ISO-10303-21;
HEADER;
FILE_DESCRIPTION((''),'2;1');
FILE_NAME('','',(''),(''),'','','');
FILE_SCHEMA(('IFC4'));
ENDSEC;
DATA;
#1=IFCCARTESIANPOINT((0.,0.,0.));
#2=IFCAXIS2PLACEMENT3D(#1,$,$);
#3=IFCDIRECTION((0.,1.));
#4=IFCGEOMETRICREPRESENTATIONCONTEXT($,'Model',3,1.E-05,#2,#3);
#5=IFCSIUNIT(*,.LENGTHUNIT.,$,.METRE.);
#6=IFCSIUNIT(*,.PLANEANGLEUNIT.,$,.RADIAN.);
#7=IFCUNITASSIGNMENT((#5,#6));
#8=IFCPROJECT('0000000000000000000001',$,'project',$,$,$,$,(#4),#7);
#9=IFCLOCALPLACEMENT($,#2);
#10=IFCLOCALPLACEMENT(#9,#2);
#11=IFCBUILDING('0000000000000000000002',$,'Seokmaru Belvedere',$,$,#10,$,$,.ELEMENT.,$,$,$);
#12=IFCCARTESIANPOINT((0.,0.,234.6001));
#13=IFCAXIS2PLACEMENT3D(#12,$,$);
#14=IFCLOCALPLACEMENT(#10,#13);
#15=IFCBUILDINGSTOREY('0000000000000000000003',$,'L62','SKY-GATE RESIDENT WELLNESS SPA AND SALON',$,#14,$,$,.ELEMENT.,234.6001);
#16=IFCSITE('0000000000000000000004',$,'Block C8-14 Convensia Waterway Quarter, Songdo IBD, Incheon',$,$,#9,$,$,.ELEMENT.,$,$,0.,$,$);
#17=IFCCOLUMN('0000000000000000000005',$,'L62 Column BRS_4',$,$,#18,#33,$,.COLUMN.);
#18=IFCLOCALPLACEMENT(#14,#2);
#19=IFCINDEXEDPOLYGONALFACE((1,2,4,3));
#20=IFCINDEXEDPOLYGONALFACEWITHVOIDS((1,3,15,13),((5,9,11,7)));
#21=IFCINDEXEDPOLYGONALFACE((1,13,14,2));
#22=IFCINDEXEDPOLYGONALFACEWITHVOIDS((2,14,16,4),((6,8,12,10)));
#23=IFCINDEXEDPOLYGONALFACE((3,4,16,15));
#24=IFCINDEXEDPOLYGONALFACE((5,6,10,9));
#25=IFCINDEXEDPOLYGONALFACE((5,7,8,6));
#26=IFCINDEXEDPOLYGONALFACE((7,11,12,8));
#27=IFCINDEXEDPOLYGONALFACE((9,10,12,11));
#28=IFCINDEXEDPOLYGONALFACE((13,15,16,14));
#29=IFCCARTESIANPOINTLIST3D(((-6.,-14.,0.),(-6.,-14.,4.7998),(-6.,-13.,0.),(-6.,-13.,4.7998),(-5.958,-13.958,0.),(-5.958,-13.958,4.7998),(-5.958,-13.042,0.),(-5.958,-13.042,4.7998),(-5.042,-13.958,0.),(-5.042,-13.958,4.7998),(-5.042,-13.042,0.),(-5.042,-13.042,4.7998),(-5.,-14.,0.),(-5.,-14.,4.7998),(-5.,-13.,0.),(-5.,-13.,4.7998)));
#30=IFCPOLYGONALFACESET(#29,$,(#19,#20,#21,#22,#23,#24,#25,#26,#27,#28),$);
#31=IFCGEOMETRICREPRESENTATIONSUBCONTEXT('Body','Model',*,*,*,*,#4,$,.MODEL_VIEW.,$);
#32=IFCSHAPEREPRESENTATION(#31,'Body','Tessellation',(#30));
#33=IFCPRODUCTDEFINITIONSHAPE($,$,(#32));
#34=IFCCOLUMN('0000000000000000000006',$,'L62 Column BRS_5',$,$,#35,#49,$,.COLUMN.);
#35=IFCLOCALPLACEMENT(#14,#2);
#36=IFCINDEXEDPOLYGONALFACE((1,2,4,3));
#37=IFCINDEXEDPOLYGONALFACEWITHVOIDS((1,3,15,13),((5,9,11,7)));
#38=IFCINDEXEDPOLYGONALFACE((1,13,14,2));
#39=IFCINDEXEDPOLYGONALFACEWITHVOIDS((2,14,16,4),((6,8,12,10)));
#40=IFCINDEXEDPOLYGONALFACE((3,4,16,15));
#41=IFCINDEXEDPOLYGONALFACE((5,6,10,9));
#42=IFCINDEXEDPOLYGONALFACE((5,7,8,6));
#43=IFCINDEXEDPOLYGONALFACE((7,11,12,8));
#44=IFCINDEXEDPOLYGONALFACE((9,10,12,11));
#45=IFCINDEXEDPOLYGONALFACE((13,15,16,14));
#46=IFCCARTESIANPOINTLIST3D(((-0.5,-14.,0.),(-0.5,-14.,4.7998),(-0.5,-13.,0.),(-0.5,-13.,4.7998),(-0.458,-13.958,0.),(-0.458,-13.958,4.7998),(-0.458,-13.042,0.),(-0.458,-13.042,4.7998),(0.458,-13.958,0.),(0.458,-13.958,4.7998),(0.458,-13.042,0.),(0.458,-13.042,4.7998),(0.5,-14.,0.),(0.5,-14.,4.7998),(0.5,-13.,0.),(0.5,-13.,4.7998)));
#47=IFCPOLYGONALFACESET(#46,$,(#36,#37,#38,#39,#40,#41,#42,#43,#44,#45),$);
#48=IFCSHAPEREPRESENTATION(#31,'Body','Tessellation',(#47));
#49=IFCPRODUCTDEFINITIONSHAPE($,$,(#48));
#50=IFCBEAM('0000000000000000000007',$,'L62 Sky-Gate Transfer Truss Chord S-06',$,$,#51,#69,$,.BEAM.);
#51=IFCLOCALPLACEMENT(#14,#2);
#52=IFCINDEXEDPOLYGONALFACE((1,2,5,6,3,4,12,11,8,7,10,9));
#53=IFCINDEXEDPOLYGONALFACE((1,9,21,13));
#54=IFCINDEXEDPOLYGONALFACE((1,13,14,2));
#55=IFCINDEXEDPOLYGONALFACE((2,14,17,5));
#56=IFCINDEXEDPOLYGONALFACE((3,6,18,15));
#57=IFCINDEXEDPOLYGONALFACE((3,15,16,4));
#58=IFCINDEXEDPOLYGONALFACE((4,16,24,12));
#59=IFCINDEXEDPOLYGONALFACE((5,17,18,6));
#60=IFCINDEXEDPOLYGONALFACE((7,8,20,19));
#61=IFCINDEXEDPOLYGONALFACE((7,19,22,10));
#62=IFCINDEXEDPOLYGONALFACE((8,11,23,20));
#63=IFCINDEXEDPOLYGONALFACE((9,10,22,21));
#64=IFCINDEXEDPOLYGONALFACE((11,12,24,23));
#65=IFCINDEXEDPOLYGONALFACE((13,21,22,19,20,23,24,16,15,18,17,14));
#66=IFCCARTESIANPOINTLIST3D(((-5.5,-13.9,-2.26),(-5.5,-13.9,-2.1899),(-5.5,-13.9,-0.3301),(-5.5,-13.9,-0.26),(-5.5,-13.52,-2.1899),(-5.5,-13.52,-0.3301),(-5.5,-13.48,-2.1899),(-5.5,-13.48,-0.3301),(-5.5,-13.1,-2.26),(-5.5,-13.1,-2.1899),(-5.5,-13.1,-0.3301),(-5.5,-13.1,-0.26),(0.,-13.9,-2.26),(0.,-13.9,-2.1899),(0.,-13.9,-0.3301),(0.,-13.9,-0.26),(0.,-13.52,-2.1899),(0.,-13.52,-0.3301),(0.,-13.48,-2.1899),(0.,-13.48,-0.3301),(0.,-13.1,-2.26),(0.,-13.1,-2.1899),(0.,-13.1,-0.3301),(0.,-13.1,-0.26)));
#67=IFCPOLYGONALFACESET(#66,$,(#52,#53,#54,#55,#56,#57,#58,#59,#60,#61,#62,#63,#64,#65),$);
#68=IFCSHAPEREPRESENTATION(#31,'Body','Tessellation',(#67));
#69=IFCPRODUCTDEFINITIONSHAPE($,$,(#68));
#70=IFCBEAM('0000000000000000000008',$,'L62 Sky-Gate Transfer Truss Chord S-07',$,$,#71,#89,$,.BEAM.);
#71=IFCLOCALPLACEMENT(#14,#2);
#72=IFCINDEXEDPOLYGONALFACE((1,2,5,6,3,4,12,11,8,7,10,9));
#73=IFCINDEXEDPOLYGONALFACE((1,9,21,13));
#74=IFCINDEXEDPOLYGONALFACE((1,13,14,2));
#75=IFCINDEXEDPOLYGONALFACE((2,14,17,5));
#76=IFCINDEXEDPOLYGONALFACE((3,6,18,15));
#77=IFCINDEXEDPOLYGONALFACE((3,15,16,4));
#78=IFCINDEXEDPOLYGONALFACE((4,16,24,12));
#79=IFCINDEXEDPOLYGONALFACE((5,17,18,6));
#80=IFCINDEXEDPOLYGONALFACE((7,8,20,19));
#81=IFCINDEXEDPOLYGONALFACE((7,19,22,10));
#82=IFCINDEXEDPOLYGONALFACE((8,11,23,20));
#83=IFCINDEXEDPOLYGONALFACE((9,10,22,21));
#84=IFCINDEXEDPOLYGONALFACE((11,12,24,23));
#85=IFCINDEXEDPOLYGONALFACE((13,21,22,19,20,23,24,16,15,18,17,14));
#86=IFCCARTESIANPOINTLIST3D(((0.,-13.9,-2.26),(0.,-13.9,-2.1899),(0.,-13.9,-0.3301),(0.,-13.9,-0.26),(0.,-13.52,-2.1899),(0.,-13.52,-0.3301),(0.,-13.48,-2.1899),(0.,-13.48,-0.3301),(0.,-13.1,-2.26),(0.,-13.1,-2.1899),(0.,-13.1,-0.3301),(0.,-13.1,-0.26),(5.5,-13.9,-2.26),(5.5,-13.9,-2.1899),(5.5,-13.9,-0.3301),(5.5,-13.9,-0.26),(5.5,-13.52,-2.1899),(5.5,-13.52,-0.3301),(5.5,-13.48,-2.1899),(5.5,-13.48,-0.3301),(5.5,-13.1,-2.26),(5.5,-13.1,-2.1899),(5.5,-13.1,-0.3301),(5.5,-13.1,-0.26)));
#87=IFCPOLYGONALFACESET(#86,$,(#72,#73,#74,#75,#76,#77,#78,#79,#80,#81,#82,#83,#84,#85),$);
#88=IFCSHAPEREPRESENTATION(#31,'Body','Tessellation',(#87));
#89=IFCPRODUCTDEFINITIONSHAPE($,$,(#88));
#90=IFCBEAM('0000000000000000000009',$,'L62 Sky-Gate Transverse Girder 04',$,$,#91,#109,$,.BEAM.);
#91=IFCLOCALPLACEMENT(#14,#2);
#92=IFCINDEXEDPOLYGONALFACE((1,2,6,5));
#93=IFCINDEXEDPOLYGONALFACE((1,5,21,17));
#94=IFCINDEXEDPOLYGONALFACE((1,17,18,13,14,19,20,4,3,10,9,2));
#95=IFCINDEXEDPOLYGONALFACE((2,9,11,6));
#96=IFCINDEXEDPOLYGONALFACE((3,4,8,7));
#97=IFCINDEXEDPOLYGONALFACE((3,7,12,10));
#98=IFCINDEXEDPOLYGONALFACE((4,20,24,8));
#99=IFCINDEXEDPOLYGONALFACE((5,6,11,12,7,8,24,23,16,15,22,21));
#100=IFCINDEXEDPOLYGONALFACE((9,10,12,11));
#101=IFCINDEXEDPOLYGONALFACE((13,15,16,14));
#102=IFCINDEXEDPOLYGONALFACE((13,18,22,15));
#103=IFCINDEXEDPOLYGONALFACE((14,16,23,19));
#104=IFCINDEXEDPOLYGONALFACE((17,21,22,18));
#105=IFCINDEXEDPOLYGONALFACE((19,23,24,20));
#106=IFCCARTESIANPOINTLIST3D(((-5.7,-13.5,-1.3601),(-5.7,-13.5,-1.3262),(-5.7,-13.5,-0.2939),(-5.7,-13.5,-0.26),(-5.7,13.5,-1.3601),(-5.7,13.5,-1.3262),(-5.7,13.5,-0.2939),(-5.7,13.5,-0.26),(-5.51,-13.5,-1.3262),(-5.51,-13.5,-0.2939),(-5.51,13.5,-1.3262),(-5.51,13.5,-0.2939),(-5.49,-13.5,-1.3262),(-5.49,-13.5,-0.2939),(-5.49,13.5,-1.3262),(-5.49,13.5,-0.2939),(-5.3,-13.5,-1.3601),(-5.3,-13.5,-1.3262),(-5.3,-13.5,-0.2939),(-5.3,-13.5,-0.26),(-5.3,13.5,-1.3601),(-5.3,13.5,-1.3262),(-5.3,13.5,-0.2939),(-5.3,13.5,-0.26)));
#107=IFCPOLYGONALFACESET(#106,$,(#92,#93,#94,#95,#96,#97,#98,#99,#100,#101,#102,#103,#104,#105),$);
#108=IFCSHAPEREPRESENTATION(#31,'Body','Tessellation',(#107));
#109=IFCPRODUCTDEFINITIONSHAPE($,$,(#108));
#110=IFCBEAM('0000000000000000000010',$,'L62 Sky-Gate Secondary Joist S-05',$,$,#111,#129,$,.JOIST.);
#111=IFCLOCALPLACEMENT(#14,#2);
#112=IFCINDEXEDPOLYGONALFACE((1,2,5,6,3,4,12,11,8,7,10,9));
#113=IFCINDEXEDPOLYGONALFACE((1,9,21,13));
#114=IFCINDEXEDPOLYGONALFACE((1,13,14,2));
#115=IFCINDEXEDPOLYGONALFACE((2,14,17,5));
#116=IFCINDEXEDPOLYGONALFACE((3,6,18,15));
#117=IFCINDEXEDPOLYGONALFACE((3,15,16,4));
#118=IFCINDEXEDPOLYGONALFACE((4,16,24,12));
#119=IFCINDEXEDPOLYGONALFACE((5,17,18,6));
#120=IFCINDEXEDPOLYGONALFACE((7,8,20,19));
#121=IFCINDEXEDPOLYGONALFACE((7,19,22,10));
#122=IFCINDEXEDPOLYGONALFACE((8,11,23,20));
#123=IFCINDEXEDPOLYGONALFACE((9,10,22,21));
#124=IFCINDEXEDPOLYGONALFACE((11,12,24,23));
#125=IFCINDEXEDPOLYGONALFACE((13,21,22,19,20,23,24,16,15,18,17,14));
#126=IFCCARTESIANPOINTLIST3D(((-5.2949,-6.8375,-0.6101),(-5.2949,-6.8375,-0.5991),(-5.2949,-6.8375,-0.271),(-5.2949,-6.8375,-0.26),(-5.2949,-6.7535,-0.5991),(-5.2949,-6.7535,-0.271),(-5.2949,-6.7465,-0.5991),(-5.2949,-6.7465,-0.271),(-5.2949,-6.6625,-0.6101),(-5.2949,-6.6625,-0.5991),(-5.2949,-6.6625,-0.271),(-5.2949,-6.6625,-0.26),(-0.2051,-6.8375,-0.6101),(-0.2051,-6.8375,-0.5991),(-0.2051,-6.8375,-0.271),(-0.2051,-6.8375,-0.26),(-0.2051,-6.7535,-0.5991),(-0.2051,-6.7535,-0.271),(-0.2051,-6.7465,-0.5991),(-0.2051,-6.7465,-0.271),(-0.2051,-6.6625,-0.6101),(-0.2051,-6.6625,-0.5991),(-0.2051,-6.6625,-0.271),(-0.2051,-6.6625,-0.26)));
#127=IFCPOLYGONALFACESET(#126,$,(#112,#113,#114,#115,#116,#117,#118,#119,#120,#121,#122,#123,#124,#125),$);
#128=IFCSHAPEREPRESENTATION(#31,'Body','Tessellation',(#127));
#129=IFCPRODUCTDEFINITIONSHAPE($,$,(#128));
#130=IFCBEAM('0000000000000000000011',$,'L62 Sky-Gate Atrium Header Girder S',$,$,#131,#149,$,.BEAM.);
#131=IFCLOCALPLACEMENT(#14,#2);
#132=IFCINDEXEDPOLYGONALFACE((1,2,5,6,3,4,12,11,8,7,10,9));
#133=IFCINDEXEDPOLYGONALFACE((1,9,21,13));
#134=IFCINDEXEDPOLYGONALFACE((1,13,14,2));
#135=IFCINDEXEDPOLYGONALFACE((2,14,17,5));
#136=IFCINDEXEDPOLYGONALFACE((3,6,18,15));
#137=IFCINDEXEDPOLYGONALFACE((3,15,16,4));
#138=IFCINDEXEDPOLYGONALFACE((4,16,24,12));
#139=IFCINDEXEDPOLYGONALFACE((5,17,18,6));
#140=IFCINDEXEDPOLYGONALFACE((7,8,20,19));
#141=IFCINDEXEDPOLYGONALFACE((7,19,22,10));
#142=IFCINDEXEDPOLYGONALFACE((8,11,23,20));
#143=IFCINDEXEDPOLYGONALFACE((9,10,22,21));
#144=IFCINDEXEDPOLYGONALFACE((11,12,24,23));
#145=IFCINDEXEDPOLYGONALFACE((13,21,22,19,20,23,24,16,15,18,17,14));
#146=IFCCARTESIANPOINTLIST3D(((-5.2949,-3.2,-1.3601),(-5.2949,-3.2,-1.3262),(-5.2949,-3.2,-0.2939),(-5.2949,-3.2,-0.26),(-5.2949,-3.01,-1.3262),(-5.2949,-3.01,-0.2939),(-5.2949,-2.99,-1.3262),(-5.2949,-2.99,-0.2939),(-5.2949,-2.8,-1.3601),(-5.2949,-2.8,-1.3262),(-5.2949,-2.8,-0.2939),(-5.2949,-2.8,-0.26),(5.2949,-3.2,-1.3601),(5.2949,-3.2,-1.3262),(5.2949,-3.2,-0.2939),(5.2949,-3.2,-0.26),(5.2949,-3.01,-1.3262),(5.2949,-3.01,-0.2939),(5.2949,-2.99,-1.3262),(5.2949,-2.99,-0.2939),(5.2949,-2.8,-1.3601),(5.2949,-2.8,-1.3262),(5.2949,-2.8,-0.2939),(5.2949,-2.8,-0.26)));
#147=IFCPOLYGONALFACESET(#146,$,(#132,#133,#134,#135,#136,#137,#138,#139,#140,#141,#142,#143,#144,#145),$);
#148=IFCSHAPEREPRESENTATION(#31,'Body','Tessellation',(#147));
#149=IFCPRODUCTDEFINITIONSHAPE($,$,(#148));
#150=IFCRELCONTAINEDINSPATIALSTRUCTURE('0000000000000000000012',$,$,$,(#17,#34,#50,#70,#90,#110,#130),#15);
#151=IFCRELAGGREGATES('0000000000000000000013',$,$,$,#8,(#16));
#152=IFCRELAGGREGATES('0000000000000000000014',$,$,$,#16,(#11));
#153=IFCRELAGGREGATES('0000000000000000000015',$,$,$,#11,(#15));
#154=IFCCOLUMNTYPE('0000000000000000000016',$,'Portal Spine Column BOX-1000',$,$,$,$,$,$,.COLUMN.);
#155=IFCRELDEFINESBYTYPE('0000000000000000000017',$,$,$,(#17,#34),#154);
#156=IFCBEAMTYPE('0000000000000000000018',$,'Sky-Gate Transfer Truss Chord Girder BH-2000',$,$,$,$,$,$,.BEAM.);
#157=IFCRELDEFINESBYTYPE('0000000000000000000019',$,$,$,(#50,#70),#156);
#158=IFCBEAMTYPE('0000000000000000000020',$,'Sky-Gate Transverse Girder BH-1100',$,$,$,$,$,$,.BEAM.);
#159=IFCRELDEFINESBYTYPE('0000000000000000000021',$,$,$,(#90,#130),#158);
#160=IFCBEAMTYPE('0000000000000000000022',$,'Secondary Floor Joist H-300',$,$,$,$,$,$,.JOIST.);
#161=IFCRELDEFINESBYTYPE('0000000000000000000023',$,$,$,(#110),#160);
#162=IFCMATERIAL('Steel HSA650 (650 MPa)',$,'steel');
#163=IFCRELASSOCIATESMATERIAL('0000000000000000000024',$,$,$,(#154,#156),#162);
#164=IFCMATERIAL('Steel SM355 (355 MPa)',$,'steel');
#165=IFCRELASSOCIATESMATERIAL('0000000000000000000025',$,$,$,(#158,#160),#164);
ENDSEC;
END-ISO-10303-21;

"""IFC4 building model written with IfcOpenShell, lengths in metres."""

from ifc_helpers import new_model, si_unit, direction, frame, origin, origin_2d, place, context, subcontext, project, spatial, hollow_rectangle, i_section, extrude, source, transform, mapped, material, material_profile, profile_set, type_object, type_shapes, element, save


model = new_model("IFC4")

# Units and contexts
model_context = context("Model", 3, precision=1e-05, world=origin(), true_north=direction((0.0, 1.0)))
body_context = subcontext(model_context, "Body", "Model", "MODEL_VIEW")
ifc_project = project(units=[si_unit("LENGTHUNIT", "METRE"), si_unit("PLANEANGLEUNIT", "RADIAN")], contexts=[model_context])

# Site, building, storey
site_placement = place(None, origin())
site = spatial("IfcSite", under=ifc_project, at=site_placement, Name="Block C8-14 Convensia Waterway Quarter, Songdo IBD, Incheon", CompositionType="ELEMENT", RefElevation=0.0)
building_placement = place(site_placement, origin())
building = spatial("IfcBuilding", under=site, at=building_placement, Name="Seokmaru Belvedere", CompositionType="ELEMENT")
storey_placement = place(building_placement, frame((0.0, 0.0, 234.6001)))
storey = spatial("IfcBuildingStorey", under=building, at=storey_placement, Name="L62", Description="SKY-GATE RESIDENT WELLNESS SPA AND SALON", CompositionType="ELEMENT", Elevation=234.6001)

# Columns
ifc_material_1 = material(Name="Steel HSA650 (650 MPa)", Category="steel")
ifc_material_profile_1 = material_profile(ifc_material_1, hollow_rectangle(XDim=1.0, YDim=1.0, WallThickness=0.042, at=origin_2d()), Name="BOX-1000x1000x42")
ifc_profile_set_1 = profile_set([ifc_material_profile_1], Name="Steel HSA650 (650 MPa)")
column_type = type_object("IfcColumnType", Name="Portal Spine Column BOX-1000", PredefinedType="COLUMN", material=ifc_profile_set_1)
shared_shape_1 = source(origin(), body_context, "Body", "SweptSolid", [
    extrude(hollow_rectangle(XDim=1.0, YDim=1.0, WallThickness=0.042, at=origin_2d()), origin(), (0.0, 0.0, 1.0), 4.7998),
])
type_shapes(column_type, [shared_shape_1])
for number, where, z_axis, x_axis, name in (
    (1, (-5.5, -13.5, 0.0), (0.0, 0.0, 1.0), (1.0, 0.0, 0.0), "L62 Column BRS_4"),
    (2, (0.0, -13.5, 0.0), (0.0, 0.0, 1.0), (1.0, 0.0, 0.0), "L62 Column BRS_5"),
):
    element("IfcColumn", number, at=place(storey_placement, frame(where, z_axis=z_axis, x_axis=x_axis)), inside=storey, type_object=column_type, Name=name, PredefinedType="COLUMN", context=body_context, shape_type="MappedRepresentation", body=[
        mapped(shared_shape_1, transform((0.0, 0.0, 0.0), scale=1.0)),
    ])

# Beams
ifc_material_profile_2 = material_profile(ifc_material_1, i_section(OverallWidth=0.8, OverallDepth=2.0, WebThickness=0.04, FlangeThickness=0.0701, at=origin_2d()), Name="BH-2000x800x40x70")
ifc_profile_set_2 = profile_set([ifc_material_profile_2], Name="Steel HSA650 (650 MPa)")
beam_type_1 = type_object("IfcBeamType", Name="Sky-Gate Transfer Truss Chord Girder BH-2000", PredefinedType="BEAM", material=ifc_profile_set_2)
shared_shape_2 = source(origin(), body_context, "Body", "SweptSolid", [
    extrude(i_section(OverallWidth=0.8, OverallDepth=2.0, WebThickness=0.04, FlangeThickness=0.0701, at=origin_2d()), origin(), (0.0, 0.0, 1.0), 5.5),
])
type_shapes(beam_type_1, [shared_shape_2])
for number, where, z_axis, x_axis, name in (
    (3, (-5.5, -13.5, -1.26), (1.0, 0.0, 0.0), (0.0, 1.0, 0.0), "L62 Sky-Gate Transfer Truss Chord S-06"),
    (4, (0.0, -13.5, -1.26), (1.0, 0.0, 0.0), (0.0, 1.0, 0.0), "L62 Sky-Gate Transfer Truss Chord S-07"),
):
    element("IfcBeam", number, at=place(storey_placement, frame(where, z_axis=z_axis, x_axis=x_axis)), inside=storey, type_object=beam_type_1, Name=name, PredefinedType="BEAM", context=body_context, shape_type="MappedRepresentation", body=[
        mapped(shared_shape_2, transform((0.0, 0.0, 0.0), scale=1.0)),
    ])
ifc_material_2 = material(Name="Steel SM355 (355 MPa)", Category="steel")
ifc_material_profile_3 = material_profile(ifc_material_2, i_section(OverallWidth=0.3999, OverallDepth=1.1001, WebThickness=0.02, FlangeThickness=0.0339, at=origin_2d()), Name="BH-1100x400x20x34")
ifc_profile_set_3 = profile_set([ifc_material_profile_3], Name="Steel SM355 (355 MPa)")
beam_type_2 = type_object("IfcBeamType", Name="Sky-Gate Transverse Girder BH-1100", PredefinedType="BEAM", material=ifc_profile_set_3)
shared_shape_3 = source(origin(), body_context, "Body", "SweptSolid", [
    extrude(i_section(OverallWidth=0.3999, OverallDepth=1.1001, WebThickness=0.02, FlangeThickness=0.0339, at=origin_2d()), origin(), (0.0, 0.0, 1.0), 27.0),
])
beam_1_placement = place(storey_placement, frame((-5.5, -13.5, -0.8101), z_axis=(0.0, 1.0, 0.0), x_axis=(-1.0, 0.0, 0.0)))
element("IfcBeam", 5, at=beam_1_placement, inside=storey, type_object=beam_type_2, Name="L62 Sky-Gate Transverse Girder 04", PredefinedType="BEAM", context=body_context, shape_type="MappedRepresentation", body=[
    mapped(shared_shape_3, transform((0.0, 0.0, 0.0), scale=1.0)),
])
ifc_material_profile_4 = material_profile(ifc_material_2, i_section(OverallWidth=0.175, OverallDepth=0.3501, WebThickness=0.0071, FlangeThickness=0.011, at=origin_2d()), Name="H-350x175x7x11")
ifc_profile_set_4 = profile_set([ifc_material_profile_4], Name="Steel SM355 (355 MPa)")
beam_type_3 = type_object("IfcBeamType", Name="Secondary Floor Joist H-300", PredefinedType="JOIST", material=ifc_profile_set_4)
shared_shape_4 = source(origin(), body_context, "Body", "SweptSolid", [
    extrude(i_section(OverallWidth=0.175, OverallDepth=0.3501, WebThickness=0.0071, FlangeThickness=0.011, at=origin_2d()), origin(), (0.0, 0.0, 1.0), 5.0898),
])
type_shapes(beam_type_3, [shared_shape_4])
beam_2_placement = place(storey_placement, frame((-5.2949, -6.75, -0.4351), z_axis=(1.0, 0.0, 0.0), x_axis=(0.0, 1.0, 0.0)))
element("IfcBeam", 6, at=beam_2_placement, inside=storey, type_object=beam_type_3, Name="L62 Sky-Gate Secondary Joist S-05", PredefinedType="JOIST", context=body_context, shape_type="MappedRepresentation", body=[
    mapped(shared_shape_4, transform((0.0, 0.0, 0.0), scale=1.0)),
])
shared_shape_5 = source(origin(), body_context, "Body", "SweptSolid", [
    extrude(i_section(OverallWidth=0.3999, OverallDepth=1.1001, WebThickness=0.02, FlangeThickness=0.0339, at=origin_2d()), origin(), (0.0, 0.0, 1.0), 10.5898),
])
type_shapes(beam_type_2, [shared_shape_3, shared_shape_5])
beam_3_placement = place(storey_placement, frame((-5.2949, -3.0, -0.8101), z_axis=(1.0, 0.0, 0.0), x_axis=(0.0, 1.0, 0.0)))
element("IfcBeam", 7, at=beam_3_placement, inside=storey, type_object=beam_type_2, Name="L62 Sky-Gate Atrium Header Girder S", PredefinedType="BEAM", context=body_context, shape_type="MappedRepresentation", body=[
    mapped(shared_shape_5, transform((0.0, 0.0, 0.0), scale=1.0)),
])

save(model, "model.ifc")
